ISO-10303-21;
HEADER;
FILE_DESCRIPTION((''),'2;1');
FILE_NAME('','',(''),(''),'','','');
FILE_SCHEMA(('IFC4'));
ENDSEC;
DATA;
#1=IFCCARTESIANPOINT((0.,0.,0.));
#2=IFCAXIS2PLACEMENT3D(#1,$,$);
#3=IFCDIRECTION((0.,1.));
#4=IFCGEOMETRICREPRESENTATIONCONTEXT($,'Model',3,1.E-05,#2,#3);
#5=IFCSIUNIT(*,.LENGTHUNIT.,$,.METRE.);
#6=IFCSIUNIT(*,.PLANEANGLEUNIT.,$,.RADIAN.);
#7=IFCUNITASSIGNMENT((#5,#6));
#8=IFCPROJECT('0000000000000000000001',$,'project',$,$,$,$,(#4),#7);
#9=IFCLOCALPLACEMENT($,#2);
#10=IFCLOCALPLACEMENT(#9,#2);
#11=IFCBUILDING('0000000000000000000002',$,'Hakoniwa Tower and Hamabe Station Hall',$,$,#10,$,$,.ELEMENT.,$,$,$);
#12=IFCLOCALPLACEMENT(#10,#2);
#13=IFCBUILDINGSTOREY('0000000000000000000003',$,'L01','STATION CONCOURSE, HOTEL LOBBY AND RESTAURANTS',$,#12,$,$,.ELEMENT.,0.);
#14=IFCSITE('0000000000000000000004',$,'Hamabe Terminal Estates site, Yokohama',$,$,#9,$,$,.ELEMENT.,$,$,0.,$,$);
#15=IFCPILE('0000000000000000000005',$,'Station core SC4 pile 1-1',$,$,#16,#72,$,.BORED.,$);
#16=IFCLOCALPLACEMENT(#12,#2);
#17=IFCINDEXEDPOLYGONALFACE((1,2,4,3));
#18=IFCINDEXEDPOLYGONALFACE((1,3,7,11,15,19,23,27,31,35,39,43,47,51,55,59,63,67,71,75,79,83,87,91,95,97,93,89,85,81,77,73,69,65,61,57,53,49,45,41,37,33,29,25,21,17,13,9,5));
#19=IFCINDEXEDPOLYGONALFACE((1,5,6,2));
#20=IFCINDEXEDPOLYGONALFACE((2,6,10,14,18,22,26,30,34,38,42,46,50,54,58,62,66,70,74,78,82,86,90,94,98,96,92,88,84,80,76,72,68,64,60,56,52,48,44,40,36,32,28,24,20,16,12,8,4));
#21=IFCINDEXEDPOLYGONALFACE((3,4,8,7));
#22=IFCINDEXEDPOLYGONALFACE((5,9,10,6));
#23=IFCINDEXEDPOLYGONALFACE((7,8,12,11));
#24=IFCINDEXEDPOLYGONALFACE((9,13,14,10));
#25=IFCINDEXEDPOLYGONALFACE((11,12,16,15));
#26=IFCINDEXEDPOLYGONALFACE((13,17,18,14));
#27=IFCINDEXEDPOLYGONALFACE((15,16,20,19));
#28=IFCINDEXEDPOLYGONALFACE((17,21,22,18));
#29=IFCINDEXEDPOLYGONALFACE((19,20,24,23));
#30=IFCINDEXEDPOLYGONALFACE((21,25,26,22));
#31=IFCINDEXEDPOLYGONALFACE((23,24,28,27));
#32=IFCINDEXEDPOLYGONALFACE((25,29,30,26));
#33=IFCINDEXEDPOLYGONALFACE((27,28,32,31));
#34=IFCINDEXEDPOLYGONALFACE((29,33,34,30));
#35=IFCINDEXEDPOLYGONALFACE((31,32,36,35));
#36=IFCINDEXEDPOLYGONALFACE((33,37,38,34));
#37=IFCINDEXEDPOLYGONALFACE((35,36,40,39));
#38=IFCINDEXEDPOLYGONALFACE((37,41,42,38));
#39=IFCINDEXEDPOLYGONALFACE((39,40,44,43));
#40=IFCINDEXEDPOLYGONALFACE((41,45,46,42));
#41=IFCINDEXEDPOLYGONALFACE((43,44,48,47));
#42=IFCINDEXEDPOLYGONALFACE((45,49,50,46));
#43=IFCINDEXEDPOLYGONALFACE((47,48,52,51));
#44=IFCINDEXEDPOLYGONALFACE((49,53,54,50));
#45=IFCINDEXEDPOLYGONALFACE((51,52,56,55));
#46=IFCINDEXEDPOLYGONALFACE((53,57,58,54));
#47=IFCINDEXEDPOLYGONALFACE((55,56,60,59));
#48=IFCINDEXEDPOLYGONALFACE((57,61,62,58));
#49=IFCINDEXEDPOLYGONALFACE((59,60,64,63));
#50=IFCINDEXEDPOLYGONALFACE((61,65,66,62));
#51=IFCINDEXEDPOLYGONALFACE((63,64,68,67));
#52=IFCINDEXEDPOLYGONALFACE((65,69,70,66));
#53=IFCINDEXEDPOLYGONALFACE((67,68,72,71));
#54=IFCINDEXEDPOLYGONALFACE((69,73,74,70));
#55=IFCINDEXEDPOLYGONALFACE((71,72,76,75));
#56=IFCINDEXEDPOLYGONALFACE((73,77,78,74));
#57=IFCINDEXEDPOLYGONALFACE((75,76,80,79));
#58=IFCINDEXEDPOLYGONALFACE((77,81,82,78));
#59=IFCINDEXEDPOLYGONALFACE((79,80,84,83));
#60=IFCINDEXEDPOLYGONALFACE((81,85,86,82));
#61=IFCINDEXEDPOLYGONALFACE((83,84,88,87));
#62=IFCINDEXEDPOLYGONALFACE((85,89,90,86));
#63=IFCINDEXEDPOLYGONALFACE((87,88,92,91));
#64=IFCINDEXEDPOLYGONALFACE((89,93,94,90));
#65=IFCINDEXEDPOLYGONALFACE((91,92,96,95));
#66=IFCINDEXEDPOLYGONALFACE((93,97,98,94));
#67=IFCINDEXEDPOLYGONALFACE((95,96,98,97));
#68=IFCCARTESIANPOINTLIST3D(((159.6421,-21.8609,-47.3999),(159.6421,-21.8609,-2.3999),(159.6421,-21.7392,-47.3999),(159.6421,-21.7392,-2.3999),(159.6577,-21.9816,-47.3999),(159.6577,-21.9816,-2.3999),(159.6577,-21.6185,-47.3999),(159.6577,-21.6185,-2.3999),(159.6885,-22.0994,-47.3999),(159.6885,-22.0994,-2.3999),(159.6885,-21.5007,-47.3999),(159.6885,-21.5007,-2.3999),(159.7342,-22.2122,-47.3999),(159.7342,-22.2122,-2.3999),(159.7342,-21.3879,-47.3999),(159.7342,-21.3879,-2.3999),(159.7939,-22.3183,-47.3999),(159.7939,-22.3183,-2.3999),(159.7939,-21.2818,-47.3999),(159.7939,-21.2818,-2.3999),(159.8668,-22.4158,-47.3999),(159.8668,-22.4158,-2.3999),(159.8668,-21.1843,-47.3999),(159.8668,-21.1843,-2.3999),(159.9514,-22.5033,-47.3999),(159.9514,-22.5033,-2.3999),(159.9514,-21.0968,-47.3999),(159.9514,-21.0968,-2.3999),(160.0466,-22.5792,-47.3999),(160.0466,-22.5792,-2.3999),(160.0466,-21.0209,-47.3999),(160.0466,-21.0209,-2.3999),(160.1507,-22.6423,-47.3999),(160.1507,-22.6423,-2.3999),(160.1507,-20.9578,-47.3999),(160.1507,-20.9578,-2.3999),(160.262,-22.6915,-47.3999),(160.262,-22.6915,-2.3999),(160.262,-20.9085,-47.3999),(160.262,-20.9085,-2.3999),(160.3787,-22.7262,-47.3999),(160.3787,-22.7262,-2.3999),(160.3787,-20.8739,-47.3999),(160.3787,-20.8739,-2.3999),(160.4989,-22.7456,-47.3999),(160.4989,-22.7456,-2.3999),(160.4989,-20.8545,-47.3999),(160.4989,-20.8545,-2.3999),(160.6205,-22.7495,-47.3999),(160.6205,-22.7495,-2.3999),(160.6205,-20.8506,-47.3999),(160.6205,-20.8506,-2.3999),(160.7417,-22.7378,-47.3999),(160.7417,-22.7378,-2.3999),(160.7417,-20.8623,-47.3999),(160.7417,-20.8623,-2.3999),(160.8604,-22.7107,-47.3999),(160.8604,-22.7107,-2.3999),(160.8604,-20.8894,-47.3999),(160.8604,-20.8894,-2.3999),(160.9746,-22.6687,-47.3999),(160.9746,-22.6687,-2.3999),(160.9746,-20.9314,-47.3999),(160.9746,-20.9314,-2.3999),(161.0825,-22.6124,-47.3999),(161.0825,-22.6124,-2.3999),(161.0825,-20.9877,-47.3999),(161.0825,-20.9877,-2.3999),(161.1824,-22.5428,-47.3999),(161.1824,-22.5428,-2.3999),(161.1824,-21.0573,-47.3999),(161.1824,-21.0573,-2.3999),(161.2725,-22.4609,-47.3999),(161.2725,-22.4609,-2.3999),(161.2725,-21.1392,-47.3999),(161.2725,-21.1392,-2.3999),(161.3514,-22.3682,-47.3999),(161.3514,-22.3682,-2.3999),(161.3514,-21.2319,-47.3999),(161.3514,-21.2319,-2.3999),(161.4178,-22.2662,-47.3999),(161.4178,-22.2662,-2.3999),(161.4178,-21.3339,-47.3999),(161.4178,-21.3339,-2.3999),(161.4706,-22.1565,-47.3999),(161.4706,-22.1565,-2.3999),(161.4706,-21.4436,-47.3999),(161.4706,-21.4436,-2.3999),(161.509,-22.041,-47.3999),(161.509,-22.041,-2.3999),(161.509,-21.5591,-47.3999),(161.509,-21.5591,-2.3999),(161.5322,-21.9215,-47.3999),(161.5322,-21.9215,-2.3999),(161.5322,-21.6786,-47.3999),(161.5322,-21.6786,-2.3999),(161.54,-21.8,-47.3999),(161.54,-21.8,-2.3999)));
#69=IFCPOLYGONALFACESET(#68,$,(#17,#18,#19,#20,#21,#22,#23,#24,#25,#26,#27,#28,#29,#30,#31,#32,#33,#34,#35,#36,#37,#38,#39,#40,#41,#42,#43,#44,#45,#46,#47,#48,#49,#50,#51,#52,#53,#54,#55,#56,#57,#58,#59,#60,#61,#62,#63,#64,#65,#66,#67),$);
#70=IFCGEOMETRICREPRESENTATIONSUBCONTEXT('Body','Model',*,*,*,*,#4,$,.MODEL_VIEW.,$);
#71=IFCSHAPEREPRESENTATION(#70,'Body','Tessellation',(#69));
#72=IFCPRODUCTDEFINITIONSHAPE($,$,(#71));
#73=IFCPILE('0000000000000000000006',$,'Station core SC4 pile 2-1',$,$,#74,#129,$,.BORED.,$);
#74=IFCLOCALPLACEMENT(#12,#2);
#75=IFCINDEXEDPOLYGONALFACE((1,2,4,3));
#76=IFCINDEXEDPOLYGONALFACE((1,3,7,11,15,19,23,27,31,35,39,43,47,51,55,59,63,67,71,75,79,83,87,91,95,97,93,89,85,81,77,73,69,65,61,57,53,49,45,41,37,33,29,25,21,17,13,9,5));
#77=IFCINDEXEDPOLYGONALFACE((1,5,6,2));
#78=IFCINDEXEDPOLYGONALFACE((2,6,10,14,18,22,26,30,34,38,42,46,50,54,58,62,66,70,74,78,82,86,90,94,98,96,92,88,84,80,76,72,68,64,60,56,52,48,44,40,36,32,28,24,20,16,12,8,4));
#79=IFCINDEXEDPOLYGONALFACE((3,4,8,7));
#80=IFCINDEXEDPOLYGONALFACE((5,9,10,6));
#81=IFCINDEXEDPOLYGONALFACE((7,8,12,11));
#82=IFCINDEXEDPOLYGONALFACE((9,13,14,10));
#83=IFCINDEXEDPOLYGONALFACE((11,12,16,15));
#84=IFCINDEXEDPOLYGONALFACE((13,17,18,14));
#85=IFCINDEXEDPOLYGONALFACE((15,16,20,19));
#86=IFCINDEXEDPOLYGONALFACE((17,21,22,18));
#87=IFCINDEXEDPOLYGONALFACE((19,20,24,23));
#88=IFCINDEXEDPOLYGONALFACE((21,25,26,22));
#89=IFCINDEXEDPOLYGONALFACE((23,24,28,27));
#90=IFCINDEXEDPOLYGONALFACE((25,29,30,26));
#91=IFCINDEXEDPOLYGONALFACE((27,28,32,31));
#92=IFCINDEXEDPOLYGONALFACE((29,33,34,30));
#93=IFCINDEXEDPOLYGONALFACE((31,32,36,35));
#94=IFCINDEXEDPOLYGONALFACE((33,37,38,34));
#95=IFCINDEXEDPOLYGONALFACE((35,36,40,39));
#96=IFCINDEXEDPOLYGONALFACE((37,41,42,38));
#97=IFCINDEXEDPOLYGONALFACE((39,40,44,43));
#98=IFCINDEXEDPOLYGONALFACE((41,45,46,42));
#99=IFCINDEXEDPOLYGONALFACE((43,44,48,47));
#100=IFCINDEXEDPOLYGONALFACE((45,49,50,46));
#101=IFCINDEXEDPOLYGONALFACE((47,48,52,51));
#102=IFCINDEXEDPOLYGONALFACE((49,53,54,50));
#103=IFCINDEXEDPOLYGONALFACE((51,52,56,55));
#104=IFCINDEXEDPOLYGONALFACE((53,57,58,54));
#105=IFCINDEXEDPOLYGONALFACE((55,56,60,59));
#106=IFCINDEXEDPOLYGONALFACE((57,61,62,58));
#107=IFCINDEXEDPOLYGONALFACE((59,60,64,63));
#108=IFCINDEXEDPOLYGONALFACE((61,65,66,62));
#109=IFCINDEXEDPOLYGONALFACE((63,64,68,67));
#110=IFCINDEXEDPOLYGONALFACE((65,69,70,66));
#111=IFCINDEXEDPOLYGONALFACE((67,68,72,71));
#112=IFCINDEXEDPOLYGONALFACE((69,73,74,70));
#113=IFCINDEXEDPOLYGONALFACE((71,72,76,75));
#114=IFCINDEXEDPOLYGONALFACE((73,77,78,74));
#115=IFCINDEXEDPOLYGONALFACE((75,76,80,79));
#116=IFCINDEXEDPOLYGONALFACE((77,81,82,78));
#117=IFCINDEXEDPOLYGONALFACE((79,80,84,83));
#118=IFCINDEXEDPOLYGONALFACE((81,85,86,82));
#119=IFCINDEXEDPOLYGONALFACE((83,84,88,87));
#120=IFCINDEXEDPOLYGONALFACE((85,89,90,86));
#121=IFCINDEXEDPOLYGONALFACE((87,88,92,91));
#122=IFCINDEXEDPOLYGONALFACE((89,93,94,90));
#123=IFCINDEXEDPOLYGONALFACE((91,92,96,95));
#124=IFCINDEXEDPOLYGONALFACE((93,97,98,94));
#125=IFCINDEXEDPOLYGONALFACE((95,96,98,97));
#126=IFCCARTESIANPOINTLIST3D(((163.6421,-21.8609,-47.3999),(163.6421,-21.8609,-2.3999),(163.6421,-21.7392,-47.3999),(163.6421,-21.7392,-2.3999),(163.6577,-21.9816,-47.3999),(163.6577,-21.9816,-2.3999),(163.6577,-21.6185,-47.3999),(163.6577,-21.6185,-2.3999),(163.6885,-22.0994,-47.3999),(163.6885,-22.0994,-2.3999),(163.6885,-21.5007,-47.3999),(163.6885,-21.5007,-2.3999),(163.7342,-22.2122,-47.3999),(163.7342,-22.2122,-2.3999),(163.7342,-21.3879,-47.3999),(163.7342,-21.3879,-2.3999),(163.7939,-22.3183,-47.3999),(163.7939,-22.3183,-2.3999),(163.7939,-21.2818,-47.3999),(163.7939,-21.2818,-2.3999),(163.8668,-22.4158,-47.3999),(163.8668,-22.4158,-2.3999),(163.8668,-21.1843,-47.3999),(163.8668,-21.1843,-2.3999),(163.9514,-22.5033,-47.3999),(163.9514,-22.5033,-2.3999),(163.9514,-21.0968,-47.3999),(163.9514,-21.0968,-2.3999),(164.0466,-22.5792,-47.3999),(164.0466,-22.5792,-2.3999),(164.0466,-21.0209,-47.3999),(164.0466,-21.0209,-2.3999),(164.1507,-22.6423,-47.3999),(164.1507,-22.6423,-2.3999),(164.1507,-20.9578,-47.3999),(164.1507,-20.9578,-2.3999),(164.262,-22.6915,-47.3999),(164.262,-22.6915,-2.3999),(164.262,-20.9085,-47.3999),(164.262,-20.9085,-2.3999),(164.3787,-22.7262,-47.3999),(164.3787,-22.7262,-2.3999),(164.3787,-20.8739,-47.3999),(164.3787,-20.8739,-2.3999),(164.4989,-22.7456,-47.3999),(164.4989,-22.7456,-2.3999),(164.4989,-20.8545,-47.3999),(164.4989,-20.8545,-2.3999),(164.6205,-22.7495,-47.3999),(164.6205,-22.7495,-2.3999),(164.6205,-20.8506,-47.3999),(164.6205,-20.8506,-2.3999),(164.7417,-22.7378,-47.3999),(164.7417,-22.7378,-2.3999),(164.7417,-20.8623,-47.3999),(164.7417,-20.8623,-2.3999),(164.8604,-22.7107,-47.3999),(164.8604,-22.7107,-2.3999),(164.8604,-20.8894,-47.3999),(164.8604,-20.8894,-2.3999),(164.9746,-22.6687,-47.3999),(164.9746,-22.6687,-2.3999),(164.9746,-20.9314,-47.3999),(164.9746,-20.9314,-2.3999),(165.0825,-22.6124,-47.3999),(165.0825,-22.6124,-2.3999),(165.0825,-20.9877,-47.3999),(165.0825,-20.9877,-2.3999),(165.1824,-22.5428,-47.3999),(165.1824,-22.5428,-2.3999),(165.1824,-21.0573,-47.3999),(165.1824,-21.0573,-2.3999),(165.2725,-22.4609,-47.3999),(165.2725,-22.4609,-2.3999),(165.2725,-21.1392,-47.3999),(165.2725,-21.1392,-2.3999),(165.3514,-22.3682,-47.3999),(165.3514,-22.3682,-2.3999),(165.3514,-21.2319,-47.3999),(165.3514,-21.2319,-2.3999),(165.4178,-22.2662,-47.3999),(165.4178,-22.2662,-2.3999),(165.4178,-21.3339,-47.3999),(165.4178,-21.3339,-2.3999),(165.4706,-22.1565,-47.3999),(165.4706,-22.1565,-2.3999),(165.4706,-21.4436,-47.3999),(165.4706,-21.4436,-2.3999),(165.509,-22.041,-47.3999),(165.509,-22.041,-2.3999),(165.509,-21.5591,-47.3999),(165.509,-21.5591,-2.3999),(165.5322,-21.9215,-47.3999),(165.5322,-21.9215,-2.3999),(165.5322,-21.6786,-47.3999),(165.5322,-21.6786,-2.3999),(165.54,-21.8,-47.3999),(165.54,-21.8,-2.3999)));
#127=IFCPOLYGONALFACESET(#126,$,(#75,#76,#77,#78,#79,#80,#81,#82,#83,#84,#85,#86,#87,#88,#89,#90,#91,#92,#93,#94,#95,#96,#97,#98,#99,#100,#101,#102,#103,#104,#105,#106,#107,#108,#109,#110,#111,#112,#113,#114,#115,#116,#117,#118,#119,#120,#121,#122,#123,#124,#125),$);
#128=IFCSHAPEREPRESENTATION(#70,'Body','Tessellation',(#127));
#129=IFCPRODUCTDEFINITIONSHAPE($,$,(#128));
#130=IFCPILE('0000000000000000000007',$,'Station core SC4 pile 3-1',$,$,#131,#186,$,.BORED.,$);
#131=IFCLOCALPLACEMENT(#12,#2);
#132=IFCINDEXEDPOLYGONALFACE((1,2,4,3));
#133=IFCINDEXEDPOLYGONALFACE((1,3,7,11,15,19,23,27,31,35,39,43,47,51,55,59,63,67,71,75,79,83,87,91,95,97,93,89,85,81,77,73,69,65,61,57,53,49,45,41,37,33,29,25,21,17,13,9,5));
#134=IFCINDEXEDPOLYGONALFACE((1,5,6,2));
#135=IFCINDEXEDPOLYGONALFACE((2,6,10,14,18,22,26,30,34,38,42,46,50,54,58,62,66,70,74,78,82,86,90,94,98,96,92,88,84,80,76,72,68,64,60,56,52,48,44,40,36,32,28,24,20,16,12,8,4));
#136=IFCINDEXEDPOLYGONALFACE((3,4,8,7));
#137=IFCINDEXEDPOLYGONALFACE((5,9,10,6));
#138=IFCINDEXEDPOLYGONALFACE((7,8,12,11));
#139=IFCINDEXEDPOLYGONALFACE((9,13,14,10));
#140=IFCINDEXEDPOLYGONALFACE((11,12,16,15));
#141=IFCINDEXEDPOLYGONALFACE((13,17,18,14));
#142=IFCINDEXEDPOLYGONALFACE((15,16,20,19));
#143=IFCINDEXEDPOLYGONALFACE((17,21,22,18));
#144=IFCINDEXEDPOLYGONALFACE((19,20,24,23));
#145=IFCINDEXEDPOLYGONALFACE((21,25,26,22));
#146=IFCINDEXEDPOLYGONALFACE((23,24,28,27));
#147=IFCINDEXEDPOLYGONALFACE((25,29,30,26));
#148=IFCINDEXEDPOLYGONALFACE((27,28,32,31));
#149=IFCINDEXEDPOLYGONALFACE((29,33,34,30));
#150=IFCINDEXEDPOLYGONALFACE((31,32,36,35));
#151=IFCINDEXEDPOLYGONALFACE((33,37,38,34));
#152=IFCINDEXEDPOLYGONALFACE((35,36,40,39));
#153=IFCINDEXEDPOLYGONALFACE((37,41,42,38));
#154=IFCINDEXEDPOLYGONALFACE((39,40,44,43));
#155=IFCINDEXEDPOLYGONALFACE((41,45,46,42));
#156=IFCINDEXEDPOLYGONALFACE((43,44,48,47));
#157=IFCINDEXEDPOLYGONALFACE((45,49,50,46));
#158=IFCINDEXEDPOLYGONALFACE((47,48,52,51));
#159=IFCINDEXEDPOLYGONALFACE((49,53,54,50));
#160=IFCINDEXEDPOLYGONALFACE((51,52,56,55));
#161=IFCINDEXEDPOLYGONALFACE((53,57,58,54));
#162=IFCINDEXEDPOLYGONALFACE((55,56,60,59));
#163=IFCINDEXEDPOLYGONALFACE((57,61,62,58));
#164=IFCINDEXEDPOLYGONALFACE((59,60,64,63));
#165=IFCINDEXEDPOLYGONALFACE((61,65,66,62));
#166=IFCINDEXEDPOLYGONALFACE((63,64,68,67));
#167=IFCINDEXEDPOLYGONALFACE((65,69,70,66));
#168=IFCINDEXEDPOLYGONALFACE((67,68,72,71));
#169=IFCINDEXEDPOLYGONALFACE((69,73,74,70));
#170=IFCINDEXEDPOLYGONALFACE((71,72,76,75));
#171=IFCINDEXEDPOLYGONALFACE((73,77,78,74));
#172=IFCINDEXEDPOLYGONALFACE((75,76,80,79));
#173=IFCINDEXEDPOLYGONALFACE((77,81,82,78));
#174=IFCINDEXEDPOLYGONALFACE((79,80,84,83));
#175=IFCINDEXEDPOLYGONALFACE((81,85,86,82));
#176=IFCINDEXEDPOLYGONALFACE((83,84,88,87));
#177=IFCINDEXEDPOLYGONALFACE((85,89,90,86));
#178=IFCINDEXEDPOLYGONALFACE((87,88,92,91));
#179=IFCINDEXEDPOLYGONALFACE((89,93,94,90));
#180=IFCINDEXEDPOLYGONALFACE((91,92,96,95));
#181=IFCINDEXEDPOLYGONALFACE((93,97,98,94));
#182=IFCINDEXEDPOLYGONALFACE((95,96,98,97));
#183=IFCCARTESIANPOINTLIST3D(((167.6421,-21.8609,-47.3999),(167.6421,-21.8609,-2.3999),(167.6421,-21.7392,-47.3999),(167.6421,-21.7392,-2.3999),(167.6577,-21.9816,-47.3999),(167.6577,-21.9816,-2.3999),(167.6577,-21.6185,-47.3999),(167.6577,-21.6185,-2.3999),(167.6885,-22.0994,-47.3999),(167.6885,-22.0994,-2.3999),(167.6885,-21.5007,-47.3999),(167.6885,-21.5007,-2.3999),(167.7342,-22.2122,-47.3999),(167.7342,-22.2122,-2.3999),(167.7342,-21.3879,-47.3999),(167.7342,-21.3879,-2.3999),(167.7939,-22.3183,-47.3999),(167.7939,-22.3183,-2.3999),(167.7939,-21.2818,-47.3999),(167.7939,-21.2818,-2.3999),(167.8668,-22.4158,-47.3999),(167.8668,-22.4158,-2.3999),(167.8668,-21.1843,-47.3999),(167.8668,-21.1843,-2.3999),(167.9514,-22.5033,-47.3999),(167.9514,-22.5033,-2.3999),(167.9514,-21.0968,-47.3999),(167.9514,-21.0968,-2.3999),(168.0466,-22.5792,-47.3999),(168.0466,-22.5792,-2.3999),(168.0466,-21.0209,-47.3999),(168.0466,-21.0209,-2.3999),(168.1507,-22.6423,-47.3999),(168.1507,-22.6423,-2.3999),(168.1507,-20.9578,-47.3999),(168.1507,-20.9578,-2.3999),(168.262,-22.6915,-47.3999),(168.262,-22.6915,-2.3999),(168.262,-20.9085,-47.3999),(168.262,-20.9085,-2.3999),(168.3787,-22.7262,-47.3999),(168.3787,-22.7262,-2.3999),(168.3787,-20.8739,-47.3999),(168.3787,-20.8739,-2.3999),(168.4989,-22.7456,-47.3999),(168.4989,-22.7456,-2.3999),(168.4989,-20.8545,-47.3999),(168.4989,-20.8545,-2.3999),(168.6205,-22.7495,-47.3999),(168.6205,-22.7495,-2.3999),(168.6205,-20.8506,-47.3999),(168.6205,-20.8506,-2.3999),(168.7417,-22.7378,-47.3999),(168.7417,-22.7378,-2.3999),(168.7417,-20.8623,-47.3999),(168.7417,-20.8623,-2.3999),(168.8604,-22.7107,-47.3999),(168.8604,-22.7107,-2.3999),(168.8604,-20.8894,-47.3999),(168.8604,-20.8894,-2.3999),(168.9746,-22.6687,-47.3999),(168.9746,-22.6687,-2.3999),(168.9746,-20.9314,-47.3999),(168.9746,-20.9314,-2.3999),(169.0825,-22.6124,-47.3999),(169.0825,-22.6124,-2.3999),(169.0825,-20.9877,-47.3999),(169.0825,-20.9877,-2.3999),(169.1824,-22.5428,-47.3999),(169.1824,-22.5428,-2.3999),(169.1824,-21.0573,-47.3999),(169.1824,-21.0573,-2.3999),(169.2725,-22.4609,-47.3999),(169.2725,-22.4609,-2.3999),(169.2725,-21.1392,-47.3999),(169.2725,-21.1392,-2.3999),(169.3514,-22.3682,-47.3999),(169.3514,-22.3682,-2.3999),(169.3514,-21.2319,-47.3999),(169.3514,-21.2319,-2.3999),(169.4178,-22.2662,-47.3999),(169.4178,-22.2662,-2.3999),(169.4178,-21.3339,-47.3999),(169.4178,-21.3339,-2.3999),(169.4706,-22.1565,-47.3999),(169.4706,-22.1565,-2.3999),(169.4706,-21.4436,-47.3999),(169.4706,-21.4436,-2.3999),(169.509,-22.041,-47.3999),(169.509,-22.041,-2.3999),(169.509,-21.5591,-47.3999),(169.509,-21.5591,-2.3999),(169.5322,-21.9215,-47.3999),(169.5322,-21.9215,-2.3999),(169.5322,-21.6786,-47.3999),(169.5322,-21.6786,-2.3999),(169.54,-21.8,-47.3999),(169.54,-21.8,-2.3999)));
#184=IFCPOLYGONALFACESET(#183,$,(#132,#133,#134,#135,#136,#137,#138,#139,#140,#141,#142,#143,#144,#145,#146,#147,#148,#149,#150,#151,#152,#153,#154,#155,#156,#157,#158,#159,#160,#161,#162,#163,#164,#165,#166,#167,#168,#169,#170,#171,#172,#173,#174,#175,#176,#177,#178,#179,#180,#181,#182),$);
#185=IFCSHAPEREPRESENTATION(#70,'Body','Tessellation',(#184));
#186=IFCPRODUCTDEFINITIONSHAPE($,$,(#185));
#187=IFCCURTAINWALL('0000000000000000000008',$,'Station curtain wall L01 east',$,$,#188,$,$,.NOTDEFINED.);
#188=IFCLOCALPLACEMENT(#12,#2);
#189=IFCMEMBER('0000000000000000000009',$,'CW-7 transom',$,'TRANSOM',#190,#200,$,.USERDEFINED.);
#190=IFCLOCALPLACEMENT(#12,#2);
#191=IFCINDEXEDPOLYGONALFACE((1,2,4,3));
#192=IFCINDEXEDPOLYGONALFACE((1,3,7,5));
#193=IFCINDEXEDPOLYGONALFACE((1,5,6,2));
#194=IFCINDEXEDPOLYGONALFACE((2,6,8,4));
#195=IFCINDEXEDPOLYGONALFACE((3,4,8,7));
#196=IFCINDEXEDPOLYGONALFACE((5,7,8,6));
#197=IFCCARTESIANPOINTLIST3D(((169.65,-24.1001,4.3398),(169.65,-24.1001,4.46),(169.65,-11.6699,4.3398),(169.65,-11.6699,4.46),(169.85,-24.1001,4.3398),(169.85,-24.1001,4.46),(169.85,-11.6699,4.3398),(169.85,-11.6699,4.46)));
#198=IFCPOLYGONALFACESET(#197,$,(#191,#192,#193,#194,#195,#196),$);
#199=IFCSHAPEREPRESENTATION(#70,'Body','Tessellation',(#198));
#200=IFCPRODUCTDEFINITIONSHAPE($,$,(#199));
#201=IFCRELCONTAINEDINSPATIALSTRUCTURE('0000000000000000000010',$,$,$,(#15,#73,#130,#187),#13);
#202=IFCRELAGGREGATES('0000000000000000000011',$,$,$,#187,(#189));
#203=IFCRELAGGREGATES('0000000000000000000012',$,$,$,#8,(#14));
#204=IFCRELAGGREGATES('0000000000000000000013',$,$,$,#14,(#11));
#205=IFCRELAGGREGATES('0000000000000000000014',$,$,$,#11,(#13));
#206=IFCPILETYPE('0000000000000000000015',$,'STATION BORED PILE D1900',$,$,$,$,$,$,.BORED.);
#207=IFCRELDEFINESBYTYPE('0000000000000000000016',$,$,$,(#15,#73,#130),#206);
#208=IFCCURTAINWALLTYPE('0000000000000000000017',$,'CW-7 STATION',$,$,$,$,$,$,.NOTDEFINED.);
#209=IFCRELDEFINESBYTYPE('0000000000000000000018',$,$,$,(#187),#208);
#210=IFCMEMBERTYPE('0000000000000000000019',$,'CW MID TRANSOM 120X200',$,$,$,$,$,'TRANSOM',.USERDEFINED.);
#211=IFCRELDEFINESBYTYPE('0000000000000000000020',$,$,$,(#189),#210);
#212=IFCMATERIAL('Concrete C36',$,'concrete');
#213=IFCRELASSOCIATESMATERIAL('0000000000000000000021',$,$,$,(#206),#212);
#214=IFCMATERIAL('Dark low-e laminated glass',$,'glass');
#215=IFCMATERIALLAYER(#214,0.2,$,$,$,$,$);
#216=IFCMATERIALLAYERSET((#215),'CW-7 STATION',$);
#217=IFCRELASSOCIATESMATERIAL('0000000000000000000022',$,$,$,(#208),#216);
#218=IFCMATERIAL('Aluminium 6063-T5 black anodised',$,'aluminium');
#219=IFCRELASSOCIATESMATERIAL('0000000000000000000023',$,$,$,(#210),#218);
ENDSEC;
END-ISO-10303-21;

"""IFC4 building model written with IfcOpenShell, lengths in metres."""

from ifc_helpers import new_model, si_unit, direction, frame, origin, origin_2d, place, context, subcontext, project, spatial, rectangle, circle, extrude, material, layer, layer_set, material_profile, profile_set, type_object, element, aggregate, save


model = new_model("IFC4")

# Units and contexts
model_context = context("Model", 3, precision=1e-05, world=origin(), true_north=direction((0.0, 1.0)))
body_context = subcontext(model_context, "Body", "Model", "MODEL_VIEW")
ifc_project = project(units=[si_unit("LENGTHUNIT", "METRE"), si_unit("PLANEANGLEUNIT", "RADIAN")], contexts=[model_context])

# Site, building, storey
site_placement = place(None, origin())
site = spatial("IfcSite", under=ifc_project, at=site_placement, Name="Hamabe Terminal Estates site, Yokohama", CompositionType="ELEMENT", RefElevation=0.0)
building_placement = place(site_placement, origin())
building = spatial("IfcBuilding", under=site, at=building_placement, Name="Hakoniwa Tower and Hamabe Station Hall", CompositionType="ELEMENT")
storey_placement = place(building_placement, origin())
storey = spatial("IfcBuildingStorey", under=building, at=storey_placement, Name="L01", Description="STATION CONCOURSE, HOTEL LOBBY AND RESTAURANTS", CompositionType="ELEMENT", Elevation=0.0)

# Piles
ifc_material_1 = material(Name="Concrete C36", Category="concrete")
ifc_material_profile_1 = material_profile(ifc_material_1, circle(Radius=0.95, at=origin_2d()), Name="STATION BORED PILE D1900")
ifc_profile_set_1 = profile_set([ifc_material_profile_1], Name="Concrete C36")
pile_type = type_object("IfcPileType", Name="STATION BORED PILE D1900", PredefinedType="BORED", material=ifc_profile_set_1)
for number, where, z_axis, x_axis, name in (
    (1, (160.5901, -21.8, -2.3999), (0.0, 0.0, -1.0), (1.0, 0.0, 0.0), "Station core SC4 pile 1-1"),
    (2, (164.5901, -21.8, -2.3999), (0.0, 0.0, -1.0), (1.0, 0.0, 0.0), "Station core SC4 pile 2-1"),
    (3, (168.5901, -21.8, -2.3999), (0.0, 0.0, -1.0), (1.0, 0.0, 0.0), "Station core SC4 pile 3-1"),
):
    element("IfcPile", number, at=place(storey_placement, frame(where, z_axis=z_axis, x_axis=x_axis)), inside=storey, type_object=pile_type, Name=name, PredefinedType="BORED", context=body_context, shape_type="SweptSolid", body=[
        extrude(circle(Radius=0.95, at=origin_2d()), origin(), (0.0, 0.0, 1.0), 45.0),
    ])

# Curtain wall, member
ifc_material_2 = material(Name="Dark low-e laminated glass", Category="glass")
ifc_layer_1 = layer(ifc_material_2, 0.2)
ifc_layer_set_1 = layer_set([ifc_layer_1], Name="CW-7 STATION")
curtain_wall_type = type_object("IfcCurtainWallType", Name="CW-7 STATION", PredefinedType="NOTDEFINED", material=ifc_layer_set_1)
curtain_wall_1_placement = place(storey_placement, origin())
curtain_wall_1 = element("IfcCurtainWall", 4, at=curtain_wall_1_placement, inside=storey, type_object=curtain_wall_type, Name="Station curtain wall L01 east", PredefinedType="NOTDEFINED")
ifc_material_3 = material(Name="Aluminium 6063-T5 black anodised", Category="aluminium")
ifc_material_profile_2 = material_profile(ifc_material_3, rectangle(XDim=0.2, YDim=0.1201, at=origin_2d()), Name="CW MID TRANSOM 120X200")
ifc_profile_set_2 = profile_set([ifc_material_profile_2], Name="Aluminium 6063-T5 black anodised")
member_type_1 = type_object("IfcMemberType", Name="CW MID TRANSOM 120X200", ElementType="TRANSOM", PredefinedType="USERDEFINED", material=ifc_profile_set_2)
member_1_placement = place(storey_placement, frame((169.75, -24.1001, 4.3999), z_axis=(0.0, 1.0, 0.0), x_axis=(-1.0, 0.0, 0.0)))
member_1 = element("IfcMember", 5, at=member_1_placement, type_object=member_type_1, Name="CW-7 transom", ObjectType="TRANSOM", PredefinedType="USERDEFINED", context=body_context, shape_type="SweptSolid", body=[
    extrude(rectangle(XDim=0.2, YDim=0.1201, at=origin_2d()), origin(), (0.0, 0.0, 1.0), 12.4302),
])

aggregate(curtain_wall_1, [member_1])

save(model, "model.ifc")
